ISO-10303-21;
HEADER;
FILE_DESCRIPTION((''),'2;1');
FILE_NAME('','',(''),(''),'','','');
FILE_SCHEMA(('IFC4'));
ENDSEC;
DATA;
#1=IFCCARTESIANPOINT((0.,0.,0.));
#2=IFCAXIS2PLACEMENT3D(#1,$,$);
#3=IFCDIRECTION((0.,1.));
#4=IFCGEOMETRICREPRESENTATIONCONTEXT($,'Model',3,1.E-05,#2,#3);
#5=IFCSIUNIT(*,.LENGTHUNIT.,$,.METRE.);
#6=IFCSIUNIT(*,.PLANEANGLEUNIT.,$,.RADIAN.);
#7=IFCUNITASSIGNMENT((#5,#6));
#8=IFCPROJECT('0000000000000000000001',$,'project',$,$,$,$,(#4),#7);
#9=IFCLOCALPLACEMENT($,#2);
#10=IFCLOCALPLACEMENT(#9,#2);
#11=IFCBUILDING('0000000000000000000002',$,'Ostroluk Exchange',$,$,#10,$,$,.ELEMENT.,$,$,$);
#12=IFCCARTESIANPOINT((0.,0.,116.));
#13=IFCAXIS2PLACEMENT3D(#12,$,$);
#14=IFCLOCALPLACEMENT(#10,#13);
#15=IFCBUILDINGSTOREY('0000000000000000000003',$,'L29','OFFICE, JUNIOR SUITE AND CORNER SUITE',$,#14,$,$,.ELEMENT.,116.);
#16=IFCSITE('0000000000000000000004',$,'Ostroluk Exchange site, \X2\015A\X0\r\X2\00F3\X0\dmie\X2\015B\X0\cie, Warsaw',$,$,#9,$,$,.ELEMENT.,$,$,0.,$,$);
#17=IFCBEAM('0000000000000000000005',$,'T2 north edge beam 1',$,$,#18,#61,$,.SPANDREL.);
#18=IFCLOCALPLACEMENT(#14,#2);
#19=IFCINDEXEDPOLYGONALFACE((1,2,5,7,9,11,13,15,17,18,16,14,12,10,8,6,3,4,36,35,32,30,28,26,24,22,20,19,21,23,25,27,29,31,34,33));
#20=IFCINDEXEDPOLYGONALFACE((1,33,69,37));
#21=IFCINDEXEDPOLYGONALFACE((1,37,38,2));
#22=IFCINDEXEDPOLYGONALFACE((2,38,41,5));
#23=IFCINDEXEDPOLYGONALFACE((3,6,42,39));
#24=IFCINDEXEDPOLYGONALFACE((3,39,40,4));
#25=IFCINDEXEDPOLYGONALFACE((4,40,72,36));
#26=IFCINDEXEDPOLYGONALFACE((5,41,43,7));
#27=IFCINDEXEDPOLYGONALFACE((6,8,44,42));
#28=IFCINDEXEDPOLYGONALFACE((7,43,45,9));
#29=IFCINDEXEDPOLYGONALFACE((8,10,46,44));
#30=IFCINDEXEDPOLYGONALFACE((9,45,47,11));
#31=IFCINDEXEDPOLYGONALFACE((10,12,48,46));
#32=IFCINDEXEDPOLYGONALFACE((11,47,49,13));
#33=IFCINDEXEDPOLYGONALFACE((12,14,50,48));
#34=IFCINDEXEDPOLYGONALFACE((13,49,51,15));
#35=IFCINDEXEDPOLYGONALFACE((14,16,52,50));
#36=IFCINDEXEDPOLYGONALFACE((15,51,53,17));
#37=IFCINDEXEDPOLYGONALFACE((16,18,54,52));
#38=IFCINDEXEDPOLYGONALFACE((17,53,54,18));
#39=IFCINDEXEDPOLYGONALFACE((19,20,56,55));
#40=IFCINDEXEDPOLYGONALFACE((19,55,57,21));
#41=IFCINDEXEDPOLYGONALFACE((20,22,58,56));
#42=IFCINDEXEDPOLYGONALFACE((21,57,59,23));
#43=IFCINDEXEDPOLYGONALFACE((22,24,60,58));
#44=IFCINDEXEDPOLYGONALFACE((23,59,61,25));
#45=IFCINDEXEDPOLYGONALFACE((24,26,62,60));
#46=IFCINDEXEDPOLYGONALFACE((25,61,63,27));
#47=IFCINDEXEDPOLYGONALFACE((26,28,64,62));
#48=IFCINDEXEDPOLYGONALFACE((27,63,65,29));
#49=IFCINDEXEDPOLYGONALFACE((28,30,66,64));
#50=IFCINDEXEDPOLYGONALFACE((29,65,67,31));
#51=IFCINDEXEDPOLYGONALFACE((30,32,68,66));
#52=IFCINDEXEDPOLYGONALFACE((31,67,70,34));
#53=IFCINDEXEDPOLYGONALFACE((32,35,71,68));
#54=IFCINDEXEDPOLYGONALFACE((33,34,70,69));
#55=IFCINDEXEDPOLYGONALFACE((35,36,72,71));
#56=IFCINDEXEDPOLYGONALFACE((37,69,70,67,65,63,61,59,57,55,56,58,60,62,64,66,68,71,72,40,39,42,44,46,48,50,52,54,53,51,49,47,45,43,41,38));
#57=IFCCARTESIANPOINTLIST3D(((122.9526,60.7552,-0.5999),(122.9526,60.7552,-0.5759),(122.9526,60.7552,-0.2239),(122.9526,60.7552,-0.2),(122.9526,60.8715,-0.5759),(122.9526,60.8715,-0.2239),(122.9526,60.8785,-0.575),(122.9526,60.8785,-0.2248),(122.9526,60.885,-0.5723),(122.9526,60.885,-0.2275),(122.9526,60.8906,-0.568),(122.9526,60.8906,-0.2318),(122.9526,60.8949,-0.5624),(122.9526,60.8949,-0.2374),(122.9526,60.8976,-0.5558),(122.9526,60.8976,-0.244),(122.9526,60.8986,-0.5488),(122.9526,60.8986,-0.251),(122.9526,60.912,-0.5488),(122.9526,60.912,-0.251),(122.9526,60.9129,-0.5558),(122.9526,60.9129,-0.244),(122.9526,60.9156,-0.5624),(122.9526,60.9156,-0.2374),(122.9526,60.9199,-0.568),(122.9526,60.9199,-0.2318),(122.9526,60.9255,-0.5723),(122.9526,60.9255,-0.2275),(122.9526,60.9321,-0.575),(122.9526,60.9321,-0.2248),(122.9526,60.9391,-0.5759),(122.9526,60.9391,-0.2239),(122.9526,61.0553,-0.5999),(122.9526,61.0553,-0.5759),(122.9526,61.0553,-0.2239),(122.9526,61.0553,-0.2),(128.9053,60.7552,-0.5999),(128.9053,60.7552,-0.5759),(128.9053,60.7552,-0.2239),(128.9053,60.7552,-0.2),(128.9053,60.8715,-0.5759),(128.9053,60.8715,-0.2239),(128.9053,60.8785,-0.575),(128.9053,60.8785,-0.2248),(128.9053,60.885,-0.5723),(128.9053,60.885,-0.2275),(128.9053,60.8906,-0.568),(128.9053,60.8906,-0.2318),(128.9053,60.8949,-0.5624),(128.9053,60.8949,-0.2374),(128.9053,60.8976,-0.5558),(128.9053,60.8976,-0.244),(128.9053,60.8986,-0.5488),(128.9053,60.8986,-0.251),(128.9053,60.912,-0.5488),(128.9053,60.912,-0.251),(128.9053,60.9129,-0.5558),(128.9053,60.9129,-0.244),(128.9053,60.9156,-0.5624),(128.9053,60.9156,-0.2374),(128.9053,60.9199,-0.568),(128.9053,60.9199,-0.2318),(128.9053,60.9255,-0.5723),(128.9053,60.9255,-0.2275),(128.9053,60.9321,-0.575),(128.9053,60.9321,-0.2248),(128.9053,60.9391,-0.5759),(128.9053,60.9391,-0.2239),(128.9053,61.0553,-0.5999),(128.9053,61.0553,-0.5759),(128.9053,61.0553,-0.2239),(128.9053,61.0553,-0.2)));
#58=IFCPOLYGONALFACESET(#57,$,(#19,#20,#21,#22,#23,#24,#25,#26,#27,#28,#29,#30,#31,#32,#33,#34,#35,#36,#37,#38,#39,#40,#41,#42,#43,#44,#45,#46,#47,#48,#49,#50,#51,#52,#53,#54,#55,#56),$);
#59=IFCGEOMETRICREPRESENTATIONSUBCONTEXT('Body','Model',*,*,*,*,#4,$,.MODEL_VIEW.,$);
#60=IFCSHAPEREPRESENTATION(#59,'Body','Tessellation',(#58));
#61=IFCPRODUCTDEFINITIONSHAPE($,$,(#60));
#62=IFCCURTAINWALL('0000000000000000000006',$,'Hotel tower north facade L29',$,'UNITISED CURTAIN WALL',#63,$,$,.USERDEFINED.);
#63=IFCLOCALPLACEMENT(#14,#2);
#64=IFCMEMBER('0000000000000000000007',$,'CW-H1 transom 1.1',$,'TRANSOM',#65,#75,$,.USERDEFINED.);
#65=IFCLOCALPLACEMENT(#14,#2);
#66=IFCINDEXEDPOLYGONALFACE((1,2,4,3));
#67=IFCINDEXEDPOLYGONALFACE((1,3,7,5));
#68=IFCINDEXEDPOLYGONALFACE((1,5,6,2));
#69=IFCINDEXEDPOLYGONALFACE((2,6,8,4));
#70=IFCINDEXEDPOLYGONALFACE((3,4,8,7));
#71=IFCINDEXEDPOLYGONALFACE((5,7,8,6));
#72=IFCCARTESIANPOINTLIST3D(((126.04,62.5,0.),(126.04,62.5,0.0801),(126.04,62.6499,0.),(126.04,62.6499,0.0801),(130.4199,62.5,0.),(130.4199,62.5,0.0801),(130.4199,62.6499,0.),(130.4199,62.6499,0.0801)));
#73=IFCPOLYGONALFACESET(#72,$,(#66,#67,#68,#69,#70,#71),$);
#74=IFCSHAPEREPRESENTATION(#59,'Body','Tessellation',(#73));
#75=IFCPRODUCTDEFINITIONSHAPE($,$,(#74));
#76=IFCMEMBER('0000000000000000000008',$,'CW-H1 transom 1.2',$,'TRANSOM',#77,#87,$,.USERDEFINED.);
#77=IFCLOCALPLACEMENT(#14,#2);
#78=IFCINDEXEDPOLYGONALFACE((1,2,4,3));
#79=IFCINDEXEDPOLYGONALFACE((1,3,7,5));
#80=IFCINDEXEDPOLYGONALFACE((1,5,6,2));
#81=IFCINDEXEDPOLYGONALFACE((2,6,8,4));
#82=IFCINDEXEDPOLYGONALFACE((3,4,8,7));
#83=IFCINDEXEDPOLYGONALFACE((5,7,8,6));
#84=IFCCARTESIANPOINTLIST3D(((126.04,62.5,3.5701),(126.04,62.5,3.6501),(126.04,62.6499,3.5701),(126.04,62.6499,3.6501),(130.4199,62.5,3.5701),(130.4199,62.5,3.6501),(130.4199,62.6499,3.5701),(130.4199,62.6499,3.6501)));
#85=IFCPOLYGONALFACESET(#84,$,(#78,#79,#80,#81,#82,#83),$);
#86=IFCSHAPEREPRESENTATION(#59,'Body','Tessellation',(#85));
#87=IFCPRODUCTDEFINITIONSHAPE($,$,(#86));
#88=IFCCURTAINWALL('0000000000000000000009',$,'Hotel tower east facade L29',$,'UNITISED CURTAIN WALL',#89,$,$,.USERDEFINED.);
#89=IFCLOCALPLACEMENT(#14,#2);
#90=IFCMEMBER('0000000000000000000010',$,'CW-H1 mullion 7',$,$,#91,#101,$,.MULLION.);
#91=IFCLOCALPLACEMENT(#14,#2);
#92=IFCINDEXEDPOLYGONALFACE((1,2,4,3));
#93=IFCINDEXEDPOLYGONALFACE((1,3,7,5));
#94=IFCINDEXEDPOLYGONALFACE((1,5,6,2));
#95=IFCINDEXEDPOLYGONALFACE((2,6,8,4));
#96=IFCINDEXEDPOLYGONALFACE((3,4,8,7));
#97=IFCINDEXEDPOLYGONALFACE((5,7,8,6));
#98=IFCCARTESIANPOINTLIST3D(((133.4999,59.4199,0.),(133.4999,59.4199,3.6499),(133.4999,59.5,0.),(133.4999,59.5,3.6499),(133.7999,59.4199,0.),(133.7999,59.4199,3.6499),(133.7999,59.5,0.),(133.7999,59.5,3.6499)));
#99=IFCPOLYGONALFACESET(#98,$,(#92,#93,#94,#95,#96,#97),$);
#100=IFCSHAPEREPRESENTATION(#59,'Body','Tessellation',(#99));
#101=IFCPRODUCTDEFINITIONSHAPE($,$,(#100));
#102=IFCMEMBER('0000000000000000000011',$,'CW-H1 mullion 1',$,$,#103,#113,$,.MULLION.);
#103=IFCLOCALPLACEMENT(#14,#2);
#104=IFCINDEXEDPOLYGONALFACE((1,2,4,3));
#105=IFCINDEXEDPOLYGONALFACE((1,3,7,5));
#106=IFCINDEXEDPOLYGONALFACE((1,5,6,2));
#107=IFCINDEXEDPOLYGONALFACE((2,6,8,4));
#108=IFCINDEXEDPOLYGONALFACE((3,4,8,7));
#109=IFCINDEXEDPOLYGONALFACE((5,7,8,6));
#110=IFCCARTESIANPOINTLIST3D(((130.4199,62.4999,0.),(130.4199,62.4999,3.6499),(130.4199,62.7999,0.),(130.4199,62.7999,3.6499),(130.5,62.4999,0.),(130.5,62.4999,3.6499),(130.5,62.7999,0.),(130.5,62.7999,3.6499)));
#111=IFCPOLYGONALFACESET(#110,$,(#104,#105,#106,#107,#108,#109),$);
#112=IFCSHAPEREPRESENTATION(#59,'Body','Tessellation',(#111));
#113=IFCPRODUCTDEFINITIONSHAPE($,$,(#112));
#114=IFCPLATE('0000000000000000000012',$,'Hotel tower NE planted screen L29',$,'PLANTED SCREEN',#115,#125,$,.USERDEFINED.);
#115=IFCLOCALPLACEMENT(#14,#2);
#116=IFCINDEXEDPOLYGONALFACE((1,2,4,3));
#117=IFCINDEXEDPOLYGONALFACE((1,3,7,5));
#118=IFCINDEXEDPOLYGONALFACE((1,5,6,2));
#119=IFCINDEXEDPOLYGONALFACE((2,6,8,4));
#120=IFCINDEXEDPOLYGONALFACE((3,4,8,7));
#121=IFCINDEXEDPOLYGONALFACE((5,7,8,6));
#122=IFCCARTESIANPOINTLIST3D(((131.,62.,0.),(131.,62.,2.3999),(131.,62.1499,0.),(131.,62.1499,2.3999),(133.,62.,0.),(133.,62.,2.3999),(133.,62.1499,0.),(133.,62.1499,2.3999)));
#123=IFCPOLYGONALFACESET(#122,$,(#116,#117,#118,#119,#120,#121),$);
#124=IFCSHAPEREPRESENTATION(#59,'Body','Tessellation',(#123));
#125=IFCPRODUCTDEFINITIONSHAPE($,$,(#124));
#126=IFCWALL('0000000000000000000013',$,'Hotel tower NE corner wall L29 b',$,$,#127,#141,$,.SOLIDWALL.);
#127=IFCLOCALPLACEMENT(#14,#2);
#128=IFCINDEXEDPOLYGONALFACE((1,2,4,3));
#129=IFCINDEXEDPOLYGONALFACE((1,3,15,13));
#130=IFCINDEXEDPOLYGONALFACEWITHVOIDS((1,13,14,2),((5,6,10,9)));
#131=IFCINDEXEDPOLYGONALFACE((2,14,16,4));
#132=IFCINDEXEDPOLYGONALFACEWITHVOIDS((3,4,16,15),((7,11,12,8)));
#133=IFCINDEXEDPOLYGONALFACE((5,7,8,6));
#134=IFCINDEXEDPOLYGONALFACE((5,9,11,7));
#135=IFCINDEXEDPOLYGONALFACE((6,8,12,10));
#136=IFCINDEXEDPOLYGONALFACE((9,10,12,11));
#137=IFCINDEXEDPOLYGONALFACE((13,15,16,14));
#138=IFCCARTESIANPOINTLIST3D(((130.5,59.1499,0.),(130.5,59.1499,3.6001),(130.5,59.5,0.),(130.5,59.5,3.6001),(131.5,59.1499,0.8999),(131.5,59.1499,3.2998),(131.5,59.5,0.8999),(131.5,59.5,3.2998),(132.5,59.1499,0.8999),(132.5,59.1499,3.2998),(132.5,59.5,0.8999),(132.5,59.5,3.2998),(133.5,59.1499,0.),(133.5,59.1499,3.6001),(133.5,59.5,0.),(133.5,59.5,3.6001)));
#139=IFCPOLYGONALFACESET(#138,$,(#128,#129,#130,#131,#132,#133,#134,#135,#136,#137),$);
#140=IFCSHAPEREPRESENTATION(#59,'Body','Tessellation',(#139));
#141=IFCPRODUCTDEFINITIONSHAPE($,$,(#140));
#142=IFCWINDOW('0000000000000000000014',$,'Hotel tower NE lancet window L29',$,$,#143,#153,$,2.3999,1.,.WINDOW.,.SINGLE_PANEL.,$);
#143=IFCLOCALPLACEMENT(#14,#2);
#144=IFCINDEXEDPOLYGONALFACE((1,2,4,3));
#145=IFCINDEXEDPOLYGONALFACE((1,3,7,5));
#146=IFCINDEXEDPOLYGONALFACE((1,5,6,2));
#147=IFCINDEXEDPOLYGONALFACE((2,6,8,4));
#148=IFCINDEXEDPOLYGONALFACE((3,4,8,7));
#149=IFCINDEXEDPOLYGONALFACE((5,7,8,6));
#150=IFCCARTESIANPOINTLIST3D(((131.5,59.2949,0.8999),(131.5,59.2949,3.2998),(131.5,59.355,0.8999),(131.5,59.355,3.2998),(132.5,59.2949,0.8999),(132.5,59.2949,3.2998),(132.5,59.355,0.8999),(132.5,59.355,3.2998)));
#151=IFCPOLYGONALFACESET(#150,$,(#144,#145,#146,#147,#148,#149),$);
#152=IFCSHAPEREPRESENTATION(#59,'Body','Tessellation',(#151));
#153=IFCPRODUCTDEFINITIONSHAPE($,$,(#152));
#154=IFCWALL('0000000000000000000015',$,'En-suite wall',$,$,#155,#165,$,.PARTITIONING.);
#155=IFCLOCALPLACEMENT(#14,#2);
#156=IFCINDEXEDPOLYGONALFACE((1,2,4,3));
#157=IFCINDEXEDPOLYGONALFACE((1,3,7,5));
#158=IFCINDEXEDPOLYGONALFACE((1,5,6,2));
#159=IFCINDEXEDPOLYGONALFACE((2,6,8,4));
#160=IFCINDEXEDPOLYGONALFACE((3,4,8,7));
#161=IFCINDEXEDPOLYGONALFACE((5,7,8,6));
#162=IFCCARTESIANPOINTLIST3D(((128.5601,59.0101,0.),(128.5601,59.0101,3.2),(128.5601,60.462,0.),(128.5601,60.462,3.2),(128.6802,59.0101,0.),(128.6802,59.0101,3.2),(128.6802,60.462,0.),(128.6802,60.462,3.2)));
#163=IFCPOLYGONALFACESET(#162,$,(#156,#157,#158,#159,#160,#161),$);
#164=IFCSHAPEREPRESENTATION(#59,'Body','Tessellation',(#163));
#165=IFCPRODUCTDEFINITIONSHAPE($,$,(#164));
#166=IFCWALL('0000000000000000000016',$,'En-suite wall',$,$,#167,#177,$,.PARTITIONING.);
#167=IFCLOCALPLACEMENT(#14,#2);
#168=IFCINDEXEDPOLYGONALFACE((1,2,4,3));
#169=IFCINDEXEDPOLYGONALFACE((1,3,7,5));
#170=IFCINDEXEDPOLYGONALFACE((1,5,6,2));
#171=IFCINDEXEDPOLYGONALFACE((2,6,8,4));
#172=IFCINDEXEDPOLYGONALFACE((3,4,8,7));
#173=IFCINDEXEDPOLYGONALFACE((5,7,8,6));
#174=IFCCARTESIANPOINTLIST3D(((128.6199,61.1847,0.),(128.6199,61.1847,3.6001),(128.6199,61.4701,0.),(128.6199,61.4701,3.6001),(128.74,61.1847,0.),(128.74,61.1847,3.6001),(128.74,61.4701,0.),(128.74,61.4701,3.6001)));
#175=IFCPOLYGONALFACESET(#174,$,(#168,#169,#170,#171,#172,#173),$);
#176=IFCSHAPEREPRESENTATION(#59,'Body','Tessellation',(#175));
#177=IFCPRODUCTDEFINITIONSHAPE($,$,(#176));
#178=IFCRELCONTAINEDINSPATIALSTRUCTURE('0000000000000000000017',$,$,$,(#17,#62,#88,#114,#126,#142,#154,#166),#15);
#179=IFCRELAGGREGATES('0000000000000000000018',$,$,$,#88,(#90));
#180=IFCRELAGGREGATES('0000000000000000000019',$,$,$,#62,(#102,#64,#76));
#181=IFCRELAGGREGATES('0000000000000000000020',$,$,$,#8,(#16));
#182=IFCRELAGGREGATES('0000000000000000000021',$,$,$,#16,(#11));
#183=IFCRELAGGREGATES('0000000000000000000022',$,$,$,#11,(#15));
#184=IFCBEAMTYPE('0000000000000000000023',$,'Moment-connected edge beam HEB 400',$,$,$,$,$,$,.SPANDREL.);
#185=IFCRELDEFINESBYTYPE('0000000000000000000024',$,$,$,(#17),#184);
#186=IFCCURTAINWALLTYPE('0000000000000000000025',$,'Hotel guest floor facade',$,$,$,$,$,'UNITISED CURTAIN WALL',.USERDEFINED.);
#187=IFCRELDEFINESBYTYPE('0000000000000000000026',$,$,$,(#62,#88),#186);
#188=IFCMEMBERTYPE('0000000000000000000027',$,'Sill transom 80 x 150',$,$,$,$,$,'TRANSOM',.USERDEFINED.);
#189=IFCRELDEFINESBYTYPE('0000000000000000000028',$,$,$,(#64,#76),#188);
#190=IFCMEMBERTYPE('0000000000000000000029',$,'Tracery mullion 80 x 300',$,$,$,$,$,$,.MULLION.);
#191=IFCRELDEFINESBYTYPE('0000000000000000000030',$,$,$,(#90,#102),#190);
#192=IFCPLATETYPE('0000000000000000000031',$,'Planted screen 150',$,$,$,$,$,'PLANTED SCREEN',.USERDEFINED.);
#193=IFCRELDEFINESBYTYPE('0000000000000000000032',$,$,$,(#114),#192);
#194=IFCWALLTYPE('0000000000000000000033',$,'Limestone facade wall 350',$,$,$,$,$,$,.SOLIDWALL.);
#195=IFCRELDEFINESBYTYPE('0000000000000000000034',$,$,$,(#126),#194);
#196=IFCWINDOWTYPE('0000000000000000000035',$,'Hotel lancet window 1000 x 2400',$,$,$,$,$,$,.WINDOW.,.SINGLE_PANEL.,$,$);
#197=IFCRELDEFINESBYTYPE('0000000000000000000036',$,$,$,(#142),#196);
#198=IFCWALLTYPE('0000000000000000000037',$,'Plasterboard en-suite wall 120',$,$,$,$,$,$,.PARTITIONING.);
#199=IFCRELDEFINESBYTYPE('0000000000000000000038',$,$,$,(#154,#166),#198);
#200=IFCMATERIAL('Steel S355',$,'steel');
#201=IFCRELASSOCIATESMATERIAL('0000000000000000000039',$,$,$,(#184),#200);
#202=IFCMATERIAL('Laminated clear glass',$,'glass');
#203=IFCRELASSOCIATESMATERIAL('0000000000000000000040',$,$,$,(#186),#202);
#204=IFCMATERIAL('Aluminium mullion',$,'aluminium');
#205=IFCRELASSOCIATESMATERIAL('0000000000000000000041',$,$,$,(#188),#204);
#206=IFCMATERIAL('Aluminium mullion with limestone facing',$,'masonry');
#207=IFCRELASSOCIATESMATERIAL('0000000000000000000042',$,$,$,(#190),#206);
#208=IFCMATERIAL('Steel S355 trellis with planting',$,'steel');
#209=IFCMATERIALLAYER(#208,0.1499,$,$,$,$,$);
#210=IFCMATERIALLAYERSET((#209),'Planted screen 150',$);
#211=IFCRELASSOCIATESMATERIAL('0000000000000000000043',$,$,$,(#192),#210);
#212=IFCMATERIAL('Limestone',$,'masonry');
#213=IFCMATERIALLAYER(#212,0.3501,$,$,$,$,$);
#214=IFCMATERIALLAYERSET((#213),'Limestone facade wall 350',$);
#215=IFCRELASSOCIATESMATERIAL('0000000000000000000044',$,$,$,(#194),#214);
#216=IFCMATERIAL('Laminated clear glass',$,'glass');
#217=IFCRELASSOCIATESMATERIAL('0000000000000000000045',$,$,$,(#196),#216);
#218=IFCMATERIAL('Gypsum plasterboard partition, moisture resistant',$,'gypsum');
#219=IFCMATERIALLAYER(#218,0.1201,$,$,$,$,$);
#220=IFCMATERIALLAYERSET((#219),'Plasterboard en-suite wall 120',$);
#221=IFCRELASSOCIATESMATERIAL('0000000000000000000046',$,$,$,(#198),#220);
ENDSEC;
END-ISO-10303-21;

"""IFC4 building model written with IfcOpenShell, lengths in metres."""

from ifc_helpers import new_model, si_unit, direction, frame, frame_2d, origin, origin_2d, place, context, subcontext, project, spatial, rectangle, i_section, extrude, material, layer, layer_set, material_profile, profile_set, type_object, element, fill, aggregate, save


model = new_model("IFC4")

# Units and contexts
model_context = context("Model", 3, precision=1e-05, world=origin(), true_north=direction((0.0, 1.0)))
body_context = subcontext(model_context, "Body", "Model", "MODEL_VIEW")
ifc_project = project(units=[si_unit("LENGTHUNIT", "METRE"), si_unit("PLANEANGLEUNIT", "RADIAN")], contexts=[model_context])

# Site, building, storey
site_placement = place(None, origin())
site = spatial("IfcSite", under=ifc_project, at=site_placement, Name="Ostroluk Exchange site, Śródmieście, Warsaw", CompositionType="ELEMENT", RefElevation=0.0)
building_placement = place(site_placement, origin())
building = spatial("IfcBuilding", under=site, at=building_placement, Name="Ostroluk Exchange", CompositionType="ELEMENT")
storey_placement = place(building_placement, frame((0.0, 0.0, 116.0)))
storey = spatial("IfcBuildingStorey", under=building, at=storey_placement, Name="L29", Description="OFFICE, JUNIOR SUITE AND CORNER SUITE", CompositionType="ELEMENT", Elevation=116.0)

# Beam
ifc_material_1 = material(Name="Steel S355", Category="steel")
ifc_material_profile_1 = material_profile(ifc_material_1, i_section(OverallWidth=0.3, OverallDepth=0.3999, WebThickness=0.0134, FlangeThickness=0.0239, FilletRadius=0.0271, at=origin_2d()), Name="HEB 400")
ifc_profile_set_1 = profile_set([ifc_material_profile_1], Name="Steel S355")
beam_type_1 = type_object("IfcBeamType", Name="Moment-connected edge beam HEB 400", PredefinedType="SPANDREL", material=ifc_profile_set_1)
beam_1_placement = place(storey_placement, frame((128.9053, 60.9053, -0.3999), z_axis=(-1.0, 0.0, 0.0), x_axis=(0.0, -1.0, 0.0)))
element("IfcBeam", 1, at=beam_1_placement, inside=storey, type_object=beam_type_1, Name="T2 north edge beam 1", PredefinedType="SPANDREL", context=body_context, shape_type="SweptSolid", body=[
    extrude(i_section(OverallWidth=0.3, OverallDepth=0.3999, WebThickness=0.0134, FlangeThickness=0.0239, FilletRadius=0.0271, at=origin_2d()), origin(), (0.0, 0.0, 1.0), 5.9526),
])

# Curtain wall, members
ifc_material_2 = material(Name="Laminated clear glass", Category="glass")
curtain_wall_type = type_object("IfcCurtainWallType", Name="Hotel guest floor facade", ElementType="UNITISED CURTAIN WALL", PredefinedType="USERDEFINED", material=ifc_material_2)
curtain_wall_1_placement = place(storey_placement, origin())
curtain_wall_1 = element("IfcCurtainWall", 2, at=curtain_wall_1_placement, inside=storey, type_object=curtain_wall_type, Name="Hotel tower north facade L29", ObjectType="UNITISED CURTAIN WALL", PredefinedType="USERDEFINED")
ifc_material_3 = material(Name="Aluminium mullion", Category="aluminium")
ifc_material_profile_2 = material_profile(ifc_material_3, rectangle(XDim=0.1499, YDim=0.0801, at=origin_2d()), Name="Sill transom 80 x 150")
ifc_profile_set_2 = profile_set([ifc_material_profile_2], Name="Aluminium mullion")
member_type_1 = type_object("IfcMemberType", Name="Sill transom 80 x 150", ElementType="TRANSOM", PredefinedType="USERDEFINED", material=ifc_profile_set_2)
member_1_placement = place(storey_placement, frame((130.4199, 62.575, 0.04), z_axis=(-1.0, 0.0, 0.0), x_axis=(0.0, -1.0, 0.0)))
member_1 = element("IfcMember", 3, at=member_1_placement, type_object=member_type_1, Name="CW-H1 transom 1.1", ObjectType="TRANSOM", PredefinedType="USERDEFINED", context=body_context, shape_type="SweptSolid", body=[
    extrude(rectangle(XDim=0.1499, YDim=0.0801, at=origin_2d()), origin(), (0.0, 0.0, 1.0), 4.3799),
])
member_2_placement = place(storey_placement, frame((130.4199, 62.575, 3.6101), z_axis=(-1.0, 0.0, 0.0), x_axis=(0.0, -1.0, 0.0)))
member_2 = element("IfcMember", 4, at=member_2_placement, type_object=member_type_1, Name="CW-H1 transom 1.2", ObjectType="TRANSOM", PredefinedType="USERDEFINED", context=body_context, shape_type="SweptSolid", body=[
    extrude(rectangle(XDim=0.1499, YDim=0.0801, at=origin_2d()), origin(), (0.0, 0.0, 1.0), 4.3799),
])

# Curtain wall, member
curtain_wall_2_placement = place(storey_placement, origin())
curtain_wall_2 = element("IfcCurtainWall", 5, at=curtain_wall_2_placement, inside=storey, type_object=curtain_wall_type, Name="Hotel tower east facade L29", ObjectType="UNITISED CURTAIN WALL", PredefinedType="USERDEFINED")
ifc_material_4 = material(Name="Aluminium mullion with limestone facing", Category="masonry")
ifc_material_profile_3 = material_profile(ifc_material_4, rectangle(XDim=0.3, YDim=0.0801, at=origin_2d()), Name="Tracery mullion 80 x 300")
ifc_profile_set_3 = profile_set([ifc_material_profile_3], Name="Aluminium mullion with limestone facing")
member_type_2 = type_object("IfcMemberType", Name="Tracery mullion 80 x 300", PredefinedType="MULLION", material=ifc_profile_set_3)
member_3_placement = place(storey_placement, frame((133.6499, 59.46, 0.0), z_axis=(0.0, 0.0, 1.0), x_axis=(-1.0, 0.0, 0.0)))
member_3 = element("IfcMember", 6, at=member_3_placement, type_object=member_type_2, Name="CW-H1 mullion 7", PredefinedType="MULLION", context=body_context, shape_type="SweptSolid", body=[
    extrude(rectangle(XDim=0.3, YDim=0.0801, at=origin_2d()), origin(), (0.0, 0.0, 1.0), 3.6499),
])
aggregate(curtain_wall_2, [member_3])

# Member
member_4_placement = place(storey_placement, frame((130.46, 62.6499, 0.0), z_axis=(0.0, 0.0, 1.0), x_axis=(0.0, -1.0, 0.0)))
member_4 = element("IfcMember", 7, at=member_4_placement, type_object=member_type_2, Name="CW-H1 mullion 1", PredefinedType="MULLION", context=body_context, shape_type="SweptSolid", body=[
    extrude(rectangle(XDim=0.3, YDim=0.0801, at=origin_2d()), origin(), (0.0, 0.0, 1.0), 3.6499),
])
aggregate(curtain_wall_1, [member_4, member_1, member_2])

# Plate
ifc_material_5 = material(Name="Steel S355 trellis with planting", Category="steel")
ifc_layer_1 = layer(ifc_material_5, 0.1499)
ifc_layer_set_1 = layer_set([ifc_layer_1], Name="Planted screen 150")
plate_type = type_object("IfcPlateType", Name="Planted screen 150", ElementType="PLANTED SCREEN", PredefinedType="USERDEFINED", material=ifc_layer_set_1)
plate_placement = place(storey_placement, frame((132.0, 62.075, 0.0), z_axis=(0.0, 0.0, 1.0), x_axis=(1.0, 0.0, 0.0)))
element("IfcPlate", 8, at=plate_placement, inside=storey, type_object=plate_type, Name="Hotel tower NE planted screen L29", ObjectType="PLANTED SCREEN", PredefinedType="USERDEFINED", context=body_context, shape_type="SweptSolid", body=[
    extrude(rectangle(XDim=2.0, YDim=0.1499, at=origin_2d()), origin(), (0.0, 0.0, 1.0), 2.3999),
])

# Shared definitions
ifc_material_6 = material(Name="Limestone", Category="masonry")
ifc_layer_2 = layer(ifc_material_6, 0.3501)
ifc_layer_set_2 = layer_set([ifc_layer_2], Name="Limestone facade wall 350")
wall_type_1 = type_object("IfcWallType", Name="Limestone facade wall 350", PredefinedType="SOLIDWALL", material=ifc_layer_set_2)

# Wall, opening, window
wall_1_placement = place(storey_placement, frame((130.5, 59.325, 0.0), z_axis=(0.0, 0.0, 1.0), x_axis=(1.0, 0.0, 0.0)))
wall_1 = element("IfcWall", 9, at=wall_1_placement, inside=storey, type_object=wall_type_1, Name="Hotel tower NE corner wall L29 b", PredefinedType="SOLIDWALL", context=body_context, shape_type="SweptSolid", body=[
    extrude(rectangle(XDim=3.0, YDim=0.3501, at=frame_2d((1.5, 0.0))), origin(), (0.0, 0.0, 1.0), 3.6001),
])
opening_1_placement = place(wall_1_placement, frame((1.0, 0.0, 0.8999)))
opening_1 = element("IfcOpeningElement", 10, at=opening_1_placement, cuts=wall_1, PredefinedType="OPENING", context=body_context, shape_type="SweptSolid", body=[
    extrude(rectangle(XDim=1.0, YDim=2.3999, at=frame_2d((0.5, 1.2))), frame((0.0, 0.1851, 0.0), z_axis=(0.0, -1.0, 0.0), x_axis=(1.0, 0.0, 0.0)), (0.0, 0.0, 1.0), 0.3701),
])
ifc_material_7 = material(Name="Laminated clear glass", Category="glass")
window_type = type_object("IfcWindowType", Name="Hotel lancet window 1000 x 2400", PartitioningType="SINGLE_PANEL", PredefinedType="WINDOW", material=ifc_material_7)
window_placement = place(opening_1_placement, origin())
window = element("IfcWindow", 11, at=window_placement, inside=storey, type_object=window_type, Name="Hotel tower NE lancet window L29", OverallHeight=2.3999, OverallWidth=1.0, PartitioningType="SINGLE_PANEL", PredefinedType="WINDOW", context=body_context, shape_type="SweptSolid", body=[
    extrude(rectangle(XDim=1.0, YDim=2.3999, at=frame_2d((0.5, 1.2))), frame((0.0, 0.03, 0.0), z_axis=(0.0, -1.0, 0.0), x_axis=(1.0, 0.0, 0.0)), (0.0, 0.0, 1.0), 0.0601),
])
fill(opening_1, window)

# Walls
ifc_material_8 = material(Name="Gypsum plasterboard partition, moisture resistant", Category="gypsum")
ifc_layer_3 = layer(ifc_material_8, 0.1201)
ifc_layer_set_3 = layer_set([ifc_layer_3], Name="Plasterboard en-suite wall 120")
wall_type_2 = type_object("IfcWallType", Name="Plasterboard en-suite wall 120", PredefinedType="PARTITIONING", material=ifc_layer_set_3)
wall_2_placement = place(storey_placement, frame((128.6201, 59.01, 0.0), z_axis=(0.0, 0.0, 1.0), x_axis=(0.0, 1.0, 0.0)))
element("IfcWall", 12, at=wall_2_placement, inside=storey, type_object=wall_type_2, Name="En-suite wall", PredefinedType="PARTITIONING", context=body_context, shape_type="SweptSolid", body=[
    extrude(rectangle(XDim=1.4519, YDim=0.1201, at=frame_2d((0.7261, 0.0))), origin(), (0.0, 0.0, 1.0), 3.2),
])
wall_3_placement = place(storey_placement, frame((128.6799, 61.47, 0.0), z_axis=(0.0, 0.0, 1.0), x_axis=(0.0, -1.0, 0.0)))
element("IfcWall", 13, at=wall_3_placement, inside=storey, type_object=wall_type_2, Name="En-suite wall", PredefinedType="PARTITIONING", context=body_context, shape_type="SweptSolid", body=[
    extrude(rectangle(XDim=0.2854, YDim=0.1201, at=frame_2d((0.1426, 0.0))), origin(), (0.0, 0.0, 1.0), 3.6001),
])

save(model, "model.ifc")
